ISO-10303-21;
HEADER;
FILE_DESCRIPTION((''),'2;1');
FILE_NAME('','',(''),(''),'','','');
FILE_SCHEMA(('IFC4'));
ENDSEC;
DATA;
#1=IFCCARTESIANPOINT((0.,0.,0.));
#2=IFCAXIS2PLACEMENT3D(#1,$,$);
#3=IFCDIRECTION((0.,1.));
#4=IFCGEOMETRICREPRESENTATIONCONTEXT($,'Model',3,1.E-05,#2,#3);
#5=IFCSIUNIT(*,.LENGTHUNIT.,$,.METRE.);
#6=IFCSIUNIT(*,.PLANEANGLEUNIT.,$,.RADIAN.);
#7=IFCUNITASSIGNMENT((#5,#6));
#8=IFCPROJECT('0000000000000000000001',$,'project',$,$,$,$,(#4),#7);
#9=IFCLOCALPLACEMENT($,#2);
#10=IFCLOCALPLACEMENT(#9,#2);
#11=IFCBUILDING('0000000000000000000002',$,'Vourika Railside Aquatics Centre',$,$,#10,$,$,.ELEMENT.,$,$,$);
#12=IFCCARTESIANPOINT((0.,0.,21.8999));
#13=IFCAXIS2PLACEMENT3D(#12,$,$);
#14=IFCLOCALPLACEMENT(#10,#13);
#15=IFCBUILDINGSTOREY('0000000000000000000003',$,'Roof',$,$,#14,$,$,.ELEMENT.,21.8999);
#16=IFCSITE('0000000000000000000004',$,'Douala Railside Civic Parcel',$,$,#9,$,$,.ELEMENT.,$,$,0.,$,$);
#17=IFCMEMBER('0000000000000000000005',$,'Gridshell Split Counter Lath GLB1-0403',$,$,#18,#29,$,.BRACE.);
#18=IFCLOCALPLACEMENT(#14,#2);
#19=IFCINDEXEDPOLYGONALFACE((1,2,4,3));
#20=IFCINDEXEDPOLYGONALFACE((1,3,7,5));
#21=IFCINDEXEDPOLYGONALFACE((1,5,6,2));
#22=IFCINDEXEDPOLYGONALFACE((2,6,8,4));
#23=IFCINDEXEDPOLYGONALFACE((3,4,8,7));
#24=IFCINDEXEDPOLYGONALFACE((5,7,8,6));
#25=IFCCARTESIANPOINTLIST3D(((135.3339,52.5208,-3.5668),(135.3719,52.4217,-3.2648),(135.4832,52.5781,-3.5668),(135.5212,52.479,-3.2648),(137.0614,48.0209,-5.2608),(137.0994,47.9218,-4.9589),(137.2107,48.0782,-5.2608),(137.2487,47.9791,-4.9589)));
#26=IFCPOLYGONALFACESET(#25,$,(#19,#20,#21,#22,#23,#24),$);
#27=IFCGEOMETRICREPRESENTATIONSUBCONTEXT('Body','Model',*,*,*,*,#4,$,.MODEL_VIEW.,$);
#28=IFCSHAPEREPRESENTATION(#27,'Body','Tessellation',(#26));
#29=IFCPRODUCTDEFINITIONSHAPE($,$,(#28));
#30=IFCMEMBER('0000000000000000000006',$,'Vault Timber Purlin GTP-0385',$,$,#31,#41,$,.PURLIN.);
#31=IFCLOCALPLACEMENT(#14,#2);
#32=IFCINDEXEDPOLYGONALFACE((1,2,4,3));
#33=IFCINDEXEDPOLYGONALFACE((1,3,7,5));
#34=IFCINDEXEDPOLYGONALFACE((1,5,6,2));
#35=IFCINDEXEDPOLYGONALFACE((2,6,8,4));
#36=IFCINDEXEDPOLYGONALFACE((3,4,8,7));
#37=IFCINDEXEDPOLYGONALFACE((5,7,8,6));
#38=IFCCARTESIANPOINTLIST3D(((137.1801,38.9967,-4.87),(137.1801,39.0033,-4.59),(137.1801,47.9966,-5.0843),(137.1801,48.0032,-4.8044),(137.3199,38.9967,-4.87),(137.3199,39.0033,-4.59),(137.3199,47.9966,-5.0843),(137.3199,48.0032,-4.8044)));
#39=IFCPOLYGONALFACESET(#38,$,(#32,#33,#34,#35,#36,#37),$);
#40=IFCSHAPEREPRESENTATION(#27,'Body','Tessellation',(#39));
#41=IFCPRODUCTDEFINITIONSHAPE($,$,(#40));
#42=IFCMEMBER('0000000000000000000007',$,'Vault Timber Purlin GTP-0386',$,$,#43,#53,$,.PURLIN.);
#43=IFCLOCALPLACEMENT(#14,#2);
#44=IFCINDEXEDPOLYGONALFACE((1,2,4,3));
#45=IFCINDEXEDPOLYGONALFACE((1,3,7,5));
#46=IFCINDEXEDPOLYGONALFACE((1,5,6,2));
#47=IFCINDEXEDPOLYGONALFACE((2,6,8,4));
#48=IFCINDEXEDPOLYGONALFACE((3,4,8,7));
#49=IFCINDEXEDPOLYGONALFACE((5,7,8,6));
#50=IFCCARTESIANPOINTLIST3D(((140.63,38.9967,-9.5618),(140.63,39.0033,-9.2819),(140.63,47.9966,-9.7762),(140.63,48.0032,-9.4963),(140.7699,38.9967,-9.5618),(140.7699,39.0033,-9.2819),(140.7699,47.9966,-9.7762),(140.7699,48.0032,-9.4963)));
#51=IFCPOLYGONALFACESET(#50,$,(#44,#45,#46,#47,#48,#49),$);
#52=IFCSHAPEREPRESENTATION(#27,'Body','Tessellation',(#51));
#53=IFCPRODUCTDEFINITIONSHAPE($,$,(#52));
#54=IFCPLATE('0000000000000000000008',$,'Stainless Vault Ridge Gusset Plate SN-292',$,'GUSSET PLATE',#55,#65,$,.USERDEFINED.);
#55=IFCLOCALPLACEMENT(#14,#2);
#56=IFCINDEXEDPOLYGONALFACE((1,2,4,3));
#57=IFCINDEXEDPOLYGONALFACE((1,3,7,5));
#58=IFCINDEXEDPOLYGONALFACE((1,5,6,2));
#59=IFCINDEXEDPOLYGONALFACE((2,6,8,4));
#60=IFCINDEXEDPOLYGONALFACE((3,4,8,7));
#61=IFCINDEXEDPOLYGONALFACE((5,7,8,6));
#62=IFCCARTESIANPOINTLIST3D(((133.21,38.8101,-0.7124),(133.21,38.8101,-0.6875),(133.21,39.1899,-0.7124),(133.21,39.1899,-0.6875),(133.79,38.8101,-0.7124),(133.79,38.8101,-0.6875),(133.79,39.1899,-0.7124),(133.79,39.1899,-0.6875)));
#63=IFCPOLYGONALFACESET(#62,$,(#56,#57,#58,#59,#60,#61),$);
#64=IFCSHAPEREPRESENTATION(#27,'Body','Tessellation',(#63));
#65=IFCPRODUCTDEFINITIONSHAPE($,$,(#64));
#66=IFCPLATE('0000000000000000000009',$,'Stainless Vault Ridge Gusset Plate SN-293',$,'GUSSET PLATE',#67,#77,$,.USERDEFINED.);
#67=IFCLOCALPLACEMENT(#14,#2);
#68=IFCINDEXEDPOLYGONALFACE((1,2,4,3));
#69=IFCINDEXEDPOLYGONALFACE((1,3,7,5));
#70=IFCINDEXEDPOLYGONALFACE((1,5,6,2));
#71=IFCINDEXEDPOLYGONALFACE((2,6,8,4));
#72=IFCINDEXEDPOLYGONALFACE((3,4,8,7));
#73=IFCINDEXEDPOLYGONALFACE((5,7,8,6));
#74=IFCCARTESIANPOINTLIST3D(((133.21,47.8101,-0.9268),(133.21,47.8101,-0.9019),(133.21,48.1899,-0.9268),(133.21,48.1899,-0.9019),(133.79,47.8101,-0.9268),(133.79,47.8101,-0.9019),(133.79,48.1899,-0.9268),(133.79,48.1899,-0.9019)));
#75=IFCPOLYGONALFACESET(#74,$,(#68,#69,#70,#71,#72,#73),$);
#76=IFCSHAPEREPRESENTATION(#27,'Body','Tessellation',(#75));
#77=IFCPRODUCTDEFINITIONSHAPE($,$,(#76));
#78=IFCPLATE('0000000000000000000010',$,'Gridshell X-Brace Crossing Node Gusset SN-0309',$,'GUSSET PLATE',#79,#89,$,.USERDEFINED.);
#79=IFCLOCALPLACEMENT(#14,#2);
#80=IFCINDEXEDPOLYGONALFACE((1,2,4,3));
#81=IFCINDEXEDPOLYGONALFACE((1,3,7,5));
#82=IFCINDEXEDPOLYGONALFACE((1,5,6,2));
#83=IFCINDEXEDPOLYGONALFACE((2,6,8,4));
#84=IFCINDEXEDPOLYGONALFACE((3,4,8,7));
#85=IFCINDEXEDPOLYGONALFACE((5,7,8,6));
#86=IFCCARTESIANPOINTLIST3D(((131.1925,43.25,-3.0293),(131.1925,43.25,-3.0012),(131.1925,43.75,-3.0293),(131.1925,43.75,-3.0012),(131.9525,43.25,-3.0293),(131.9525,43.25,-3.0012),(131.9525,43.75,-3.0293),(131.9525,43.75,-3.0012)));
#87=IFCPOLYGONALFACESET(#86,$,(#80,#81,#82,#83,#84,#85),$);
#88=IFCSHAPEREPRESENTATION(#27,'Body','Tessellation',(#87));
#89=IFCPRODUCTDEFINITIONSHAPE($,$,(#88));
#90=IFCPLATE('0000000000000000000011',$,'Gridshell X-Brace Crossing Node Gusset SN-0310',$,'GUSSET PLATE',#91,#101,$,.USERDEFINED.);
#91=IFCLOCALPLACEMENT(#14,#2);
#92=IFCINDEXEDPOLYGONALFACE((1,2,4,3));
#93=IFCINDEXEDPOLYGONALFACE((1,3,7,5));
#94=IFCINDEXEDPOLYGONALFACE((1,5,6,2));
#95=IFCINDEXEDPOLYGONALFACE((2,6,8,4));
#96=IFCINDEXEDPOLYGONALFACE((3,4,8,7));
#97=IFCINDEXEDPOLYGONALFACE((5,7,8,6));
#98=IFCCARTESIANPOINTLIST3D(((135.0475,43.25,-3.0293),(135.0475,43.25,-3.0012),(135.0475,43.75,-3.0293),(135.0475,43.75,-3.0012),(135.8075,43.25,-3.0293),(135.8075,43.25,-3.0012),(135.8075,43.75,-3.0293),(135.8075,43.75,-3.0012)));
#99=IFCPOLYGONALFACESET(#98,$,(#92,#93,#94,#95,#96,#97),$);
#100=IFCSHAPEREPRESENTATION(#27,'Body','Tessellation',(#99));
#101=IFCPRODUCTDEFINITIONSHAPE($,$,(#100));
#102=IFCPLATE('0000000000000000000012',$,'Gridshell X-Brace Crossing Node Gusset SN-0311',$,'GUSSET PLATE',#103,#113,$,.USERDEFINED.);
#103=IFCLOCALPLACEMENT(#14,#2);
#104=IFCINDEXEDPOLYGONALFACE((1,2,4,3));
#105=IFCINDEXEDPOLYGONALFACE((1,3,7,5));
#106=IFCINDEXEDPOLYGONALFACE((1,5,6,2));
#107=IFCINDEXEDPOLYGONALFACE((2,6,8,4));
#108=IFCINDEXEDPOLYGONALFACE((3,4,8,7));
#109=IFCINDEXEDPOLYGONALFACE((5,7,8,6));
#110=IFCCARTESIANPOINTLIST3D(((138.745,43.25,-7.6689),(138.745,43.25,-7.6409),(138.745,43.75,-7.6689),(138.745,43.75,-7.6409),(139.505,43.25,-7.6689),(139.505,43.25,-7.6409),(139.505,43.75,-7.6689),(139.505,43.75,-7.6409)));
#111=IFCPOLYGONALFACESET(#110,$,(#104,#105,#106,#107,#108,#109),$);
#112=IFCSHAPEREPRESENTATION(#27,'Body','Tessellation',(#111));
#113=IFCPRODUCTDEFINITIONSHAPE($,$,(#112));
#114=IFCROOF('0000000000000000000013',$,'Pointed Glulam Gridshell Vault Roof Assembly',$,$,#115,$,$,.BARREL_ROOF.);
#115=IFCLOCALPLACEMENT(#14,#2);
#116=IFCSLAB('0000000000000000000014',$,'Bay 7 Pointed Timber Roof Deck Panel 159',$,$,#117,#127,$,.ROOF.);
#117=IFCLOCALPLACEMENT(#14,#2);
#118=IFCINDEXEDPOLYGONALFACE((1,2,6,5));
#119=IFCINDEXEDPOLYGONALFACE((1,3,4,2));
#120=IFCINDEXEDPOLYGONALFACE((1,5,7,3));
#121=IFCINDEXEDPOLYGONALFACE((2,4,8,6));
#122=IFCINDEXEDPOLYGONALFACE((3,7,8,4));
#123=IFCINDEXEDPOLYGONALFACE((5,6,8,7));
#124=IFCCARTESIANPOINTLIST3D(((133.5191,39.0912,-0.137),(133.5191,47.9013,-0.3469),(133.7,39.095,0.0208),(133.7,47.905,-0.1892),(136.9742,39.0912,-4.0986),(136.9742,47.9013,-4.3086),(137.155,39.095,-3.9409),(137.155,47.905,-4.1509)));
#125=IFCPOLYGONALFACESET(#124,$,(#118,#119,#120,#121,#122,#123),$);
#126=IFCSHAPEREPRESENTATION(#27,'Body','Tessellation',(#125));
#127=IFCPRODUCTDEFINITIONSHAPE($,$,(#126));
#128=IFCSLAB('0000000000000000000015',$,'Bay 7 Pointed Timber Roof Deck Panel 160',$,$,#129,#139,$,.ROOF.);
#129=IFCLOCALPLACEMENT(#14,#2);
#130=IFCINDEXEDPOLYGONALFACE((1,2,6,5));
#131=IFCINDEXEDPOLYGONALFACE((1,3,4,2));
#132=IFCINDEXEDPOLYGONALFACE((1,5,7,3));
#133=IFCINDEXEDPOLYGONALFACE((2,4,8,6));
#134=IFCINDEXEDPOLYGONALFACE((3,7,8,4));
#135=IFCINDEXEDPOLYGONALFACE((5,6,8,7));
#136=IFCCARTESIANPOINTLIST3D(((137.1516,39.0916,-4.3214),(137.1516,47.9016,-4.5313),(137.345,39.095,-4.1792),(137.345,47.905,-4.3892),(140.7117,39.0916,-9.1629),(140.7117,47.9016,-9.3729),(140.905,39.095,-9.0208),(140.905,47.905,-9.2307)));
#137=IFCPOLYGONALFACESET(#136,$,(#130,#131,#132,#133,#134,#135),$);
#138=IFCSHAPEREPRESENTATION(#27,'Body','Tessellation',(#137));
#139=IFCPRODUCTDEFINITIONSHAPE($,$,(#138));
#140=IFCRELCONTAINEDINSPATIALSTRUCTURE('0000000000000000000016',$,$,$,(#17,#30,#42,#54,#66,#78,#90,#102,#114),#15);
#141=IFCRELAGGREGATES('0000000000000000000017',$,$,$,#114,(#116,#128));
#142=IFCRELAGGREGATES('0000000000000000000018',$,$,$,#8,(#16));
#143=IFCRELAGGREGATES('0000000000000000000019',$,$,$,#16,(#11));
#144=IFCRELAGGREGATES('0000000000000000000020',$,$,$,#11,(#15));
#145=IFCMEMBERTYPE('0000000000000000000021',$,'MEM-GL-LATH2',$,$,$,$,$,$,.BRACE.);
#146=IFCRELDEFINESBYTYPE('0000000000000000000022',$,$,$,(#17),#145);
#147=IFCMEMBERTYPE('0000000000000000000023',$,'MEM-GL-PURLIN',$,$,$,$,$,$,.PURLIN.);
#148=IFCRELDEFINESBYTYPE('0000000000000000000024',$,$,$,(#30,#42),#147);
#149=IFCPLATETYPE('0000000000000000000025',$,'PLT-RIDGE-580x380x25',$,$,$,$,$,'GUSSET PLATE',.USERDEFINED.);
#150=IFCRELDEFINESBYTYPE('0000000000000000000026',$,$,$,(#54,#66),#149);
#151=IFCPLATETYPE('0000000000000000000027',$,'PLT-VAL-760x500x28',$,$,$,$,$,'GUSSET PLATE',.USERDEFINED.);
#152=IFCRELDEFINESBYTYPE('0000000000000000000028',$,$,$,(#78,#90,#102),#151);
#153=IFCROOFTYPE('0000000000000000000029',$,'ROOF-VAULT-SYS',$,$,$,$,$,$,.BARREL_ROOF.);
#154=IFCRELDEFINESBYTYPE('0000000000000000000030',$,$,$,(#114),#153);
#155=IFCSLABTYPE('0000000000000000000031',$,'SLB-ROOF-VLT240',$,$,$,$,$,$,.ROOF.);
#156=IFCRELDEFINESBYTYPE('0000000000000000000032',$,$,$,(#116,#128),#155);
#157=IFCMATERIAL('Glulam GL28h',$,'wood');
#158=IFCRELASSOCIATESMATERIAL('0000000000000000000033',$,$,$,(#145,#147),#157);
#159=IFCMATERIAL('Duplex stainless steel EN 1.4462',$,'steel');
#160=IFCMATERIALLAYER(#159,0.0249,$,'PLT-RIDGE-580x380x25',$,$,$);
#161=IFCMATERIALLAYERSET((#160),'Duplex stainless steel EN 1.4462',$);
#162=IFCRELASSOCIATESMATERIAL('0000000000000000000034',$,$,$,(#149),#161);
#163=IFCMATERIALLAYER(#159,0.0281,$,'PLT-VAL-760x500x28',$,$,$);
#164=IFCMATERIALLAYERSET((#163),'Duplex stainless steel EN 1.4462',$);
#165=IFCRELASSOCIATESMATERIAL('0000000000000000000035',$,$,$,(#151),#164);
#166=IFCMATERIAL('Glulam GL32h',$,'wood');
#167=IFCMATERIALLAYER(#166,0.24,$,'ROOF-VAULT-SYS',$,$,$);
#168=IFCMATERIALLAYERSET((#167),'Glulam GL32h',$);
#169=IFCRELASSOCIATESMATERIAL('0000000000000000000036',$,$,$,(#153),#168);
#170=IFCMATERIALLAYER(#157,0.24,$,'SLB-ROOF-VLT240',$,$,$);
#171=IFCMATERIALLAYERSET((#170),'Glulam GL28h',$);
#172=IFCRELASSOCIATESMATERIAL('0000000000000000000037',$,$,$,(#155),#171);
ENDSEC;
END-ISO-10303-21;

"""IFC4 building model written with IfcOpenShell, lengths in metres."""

from ifc_helpers import new_model, si_unit, direction, frame, origin, origin_2d, place, context, subcontext, project, spatial, polyline, rectangle, outline, extrude, material, layer, layer_set, material_profile, profile_set, type_object, element, aggregate, save


model = new_model("IFC4")

# Units and contexts
model_context = context("Model", 3, precision=1e-05, world=origin(), true_north=direction((0.0, 1.0)))
body_context = subcontext(model_context, "Body", "Model", "MODEL_VIEW")
ifc_project = project(units=[si_unit("LENGTHUNIT", "METRE"), si_unit("PLANEANGLEUNIT", "RADIAN")], contexts=[model_context])

# Site, building, storey
site_placement = place(None, origin())
site = spatial("IfcSite", under=ifc_project, at=site_placement, Name="Douala Railside Civic Parcel", CompositionType="ELEMENT", RefElevation=0.0)
building_placement = place(site_placement, origin())
building = spatial("IfcBuilding", under=site, at=building_placement, Name="Vourika Railside Aquatics Centre", CompositionType="ELEMENT")
storey_placement = place(building_placement, frame((0.0, 0.0, 21.8999)))
storey = spatial("IfcBuildingStorey", under=building, at=storey_placement, Name="Roof", CompositionType="ELEMENT", Elevation=21.8999)

# Shared definitions
ifc_material_1 = material(Name="Glulam GL32h", Category="wood")

# Members
ifc_material_2 = material(Name="Glulam GL28h", Category="wood")
ifc_material_profile_1 = material_profile(ifc_material_2, rectangle(XDim=0.1599, YDim=0.3201, at=origin_2d()), Name="GL28h 160x320")
ifc_profile_set_1 = profile_set([ifc_material_profile_1], Name="Glulam GL28h")
member_type_1 = type_object("IfcMemberType", Name="MEM-GL-LATH2", PredefinedType="BRACE", material=ifc_profile_set_1)
member_1_placement = place(storey_placement, frame((137.155, 48.0, -5.1099), z_axis=(-0.338121, 0.880757, 0.331574), x_axis=(-0.93357, -0.358395, 0.0)))
element("IfcMember", 1, at=member_1_placement, inside=storey, type_object=member_type_1, Name="Gridshell Split Counter Lath GLB1-0403", PredefinedType="BRACE", context=body_context, shape_type="SweptSolid", body=[
    extrude(rectangle(XDim=0.1599, YDim=0.3201, at=origin_2d()), origin(), (0.0, 0.0, 1.0), 5.1091),
])
ifc_material_profile_2 = material_profile(ifc_material_2, rectangle(XDim=0.1399, YDim=0.28, at=origin_2d()), Name="GL28h 140x280")
ifc_profile_set_2 = profile_set([ifc_material_profile_2], Name="Glulam GL28h")
member_type_2 = type_object("IfcMemberType", Name="MEM-GL-PURLIN", PredefinedType="PURLIN", material=ifc_profile_set_2)
for number, where, z_axis, x_axis, name in (
    (2, (137.25, 39.0, -4.73), (0.0, 0.999716, -0.023811), (-1.0, 0.0, 0.0), "Vault Timber Purlin GTP-0385"),
    (3, (140.7, 39.0, -9.4219), (0.0, 0.999716, -0.023811), (-1.0, 0.0, 0.0), "Vault Timber Purlin GTP-0386"),
):
    element("IfcMember", number, at=place(storey_placement, frame(where, z_axis=z_axis, x_axis=x_axis)), inside=storey, type_object=member_type_2, Name=name, PredefinedType="PURLIN", context=body_context, shape_type="SweptSolid", body=[
        extrude(rectangle(XDim=0.1399, YDim=0.28, at=origin_2d()), origin(), (0.0, 0.0, 1.0), 9.0024),
    ])

# Plates
ifc_material_3 = material(Name="Duplex stainless steel EN 1.4462", Category="steel")
ifc_layer_1 = layer(ifc_material_3, 0.0249, Name="PLT-RIDGE-580x380x25")
ifc_layer_set_1 = layer_set([ifc_layer_1], Name="Duplex stainless steel EN 1.4462")
plate_type_1 = type_object("IfcPlateType", Name="PLT-RIDGE-580x380x25", ElementType="GUSSET PLATE", PredefinedType="USERDEFINED", material=ifc_layer_set_1)
for number, where, z_axis, x_axis, name in (
    (4, (133.5, 39.0, -0.7124), (0.0, 0.0, 1.0), (1.0, 0.0, 0.0), "Stainless Vault Ridge Gusset Plate SN-292"),
    (5, (133.5, 48.0, -0.9268), (0.0, 0.0, 1.0), (1.0, 0.0, 0.0), "Stainless Vault Ridge Gusset Plate SN-293"),
):
    element("IfcPlate", number, at=place(storey_placement, frame(where, z_axis=z_axis, x_axis=x_axis)), inside=storey, type_object=plate_type_1, Name=name, ObjectType="GUSSET PLATE", PredefinedType="USERDEFINED", context=body_context, shape_type="SweptSolid", body=[
        extrude(rectangle(XDim=0.5801, YDim=0.3799, at=origin_2d()), origin(), (0.0, 0.0, 1.0), 0.0249),
    ])
ifc_layer_2 = layer(ifc_material_3, 0.0281, Name="PLT-VAL-760x500x28")
ifc_layer_set_2 = layer_set([ifc_layer_2], Name="Duplex stainless steel EN 1.4462")
plate_type_2 = type_object("IfcPlateType", Name="PLT-VAL-760x500x28", ElementType="GUSSET PLATE", PredefinedType="USERDEFINED", material=ifc_layer_set_2)
for number, where, z_axis, x_axis, name in (
    (6, (131.5725, 43.5, -3.0293), (0.0, 0.0, 1.0), (1.0, 0.0, 0.0), "Gridshell X-Brace Crossing Node Gusset SN-0309"),
    (7, (135.4275, 43.5, -3.0293), (0.0, 0.0, 1.0), (1.0, 0.0, 0.0), "Gridshell X-Brace Crossing Node Gusset SN-0310"),
    (8, (139.125, 43.5, -7.6689), (0.0, 0.0, 1.0), (1.0, 0.0, 0.0), "Gridshell X-Brace Crossing Node Gusset SN-0311"),
):
    element("IfcPlate", number, at=place(storey_placement, frame(where, z_axis=z_axis, x_axis=x_axis)), inside=storey, type_object=plate_type_2, Name=name, ObjectType="GUSSET PLATE", PredefinedType="USERDEFINED", context=body_context, shape_type="SweptSolid", body=[
        extrude(rectangle(XDim=0.76, YDim=0.5, at=origin_2d()), origin(), (0.0, 0.0, 1.0), 0.0281),
    ])

# Roof, slabs
ifc_layer_3 = layer(ifc_material_1, 0.24, Name="ROOF-VAULT-SYS")
ifc_layer_set_3 = layer_set([ifc_layer_3], Name="Glulam GL32h")
roof_type = type_object("IfcRoofType", Name="ROOF-VAULT-SYS", PredefinedType="BARREL_ROOF", material=ifc_layer_set_3)
roof_placement = place(storey_placement, origin())
roof = element("IfcRoof", 9, at=roof_placement, inside=storey, type_object=roof_type, Name="Pointed Glulam Gridshell Vault Roof Assembly", PredefinedType="BARREL_ROOF")
ifc_layer_4 = layer(ifc_material_2, 0.24, Name="SLB-ROOF-VLT240")
ifc_layer_set_4 = layer_set([ifc_layer_4], Name="Glulam GL28h")
slab_type = type_object("IfcSlabType", Name="SLB-ROOF-VLT240", PredefinedType="ROOF", material=ifc_layer_set_4)
slab_1_placement = place(storey_placement, frame((133.7, 39.095, 0.0208), z_axis=(0.753556, 0.015662, 0.657197), x_axis=(0.657277, 0.0, -0.753649)))
slab_1 = element("IfcSlab", 10, at=slab_1_placement, type_object=slab_type, Name="Bay 7 Pointed Timber Roof Deck Panel 159", PredefinedType="ROOF", context=body_context, shape_type="SweptSolid", body=[
    extrude(outline(polyline([(0.0, 0.0), (5.2567, 0.0), (5.4149, 8.8111), (0.1582, 8.8111), (0.0, 0.0)])), origin(), (0.0, 0.0, -1.0), 0.24),
])
slab_2_placement = place(storey_placement, frame((137.345, 39.095, -4.1792), z_axis=(0.805563, 0.014117, 0.592342), x_axis=(0.592401, 0.0, -0.805644)))
slab_2 = element("IfcSlab", 11, at=slab_2_placement, type_object=slab_type, Name="Bay 7 Pointed Timber Roof Deck Panel 160", PredefinedType="ROOF", context=body_context, shape_type="SweptSolid", body=[
    extrude(outline(polyline([(0.0, 0.0), (6.0095, 0.0), (6.1787, 8.8109), (0.1692, 8.8109), (0.0, 0.0)])), origin(), (0.0, 0.0, -1.0), 0.24),
])
aggregate(roof, [slab_1, slab_2])

save(model, "model.ifc")
